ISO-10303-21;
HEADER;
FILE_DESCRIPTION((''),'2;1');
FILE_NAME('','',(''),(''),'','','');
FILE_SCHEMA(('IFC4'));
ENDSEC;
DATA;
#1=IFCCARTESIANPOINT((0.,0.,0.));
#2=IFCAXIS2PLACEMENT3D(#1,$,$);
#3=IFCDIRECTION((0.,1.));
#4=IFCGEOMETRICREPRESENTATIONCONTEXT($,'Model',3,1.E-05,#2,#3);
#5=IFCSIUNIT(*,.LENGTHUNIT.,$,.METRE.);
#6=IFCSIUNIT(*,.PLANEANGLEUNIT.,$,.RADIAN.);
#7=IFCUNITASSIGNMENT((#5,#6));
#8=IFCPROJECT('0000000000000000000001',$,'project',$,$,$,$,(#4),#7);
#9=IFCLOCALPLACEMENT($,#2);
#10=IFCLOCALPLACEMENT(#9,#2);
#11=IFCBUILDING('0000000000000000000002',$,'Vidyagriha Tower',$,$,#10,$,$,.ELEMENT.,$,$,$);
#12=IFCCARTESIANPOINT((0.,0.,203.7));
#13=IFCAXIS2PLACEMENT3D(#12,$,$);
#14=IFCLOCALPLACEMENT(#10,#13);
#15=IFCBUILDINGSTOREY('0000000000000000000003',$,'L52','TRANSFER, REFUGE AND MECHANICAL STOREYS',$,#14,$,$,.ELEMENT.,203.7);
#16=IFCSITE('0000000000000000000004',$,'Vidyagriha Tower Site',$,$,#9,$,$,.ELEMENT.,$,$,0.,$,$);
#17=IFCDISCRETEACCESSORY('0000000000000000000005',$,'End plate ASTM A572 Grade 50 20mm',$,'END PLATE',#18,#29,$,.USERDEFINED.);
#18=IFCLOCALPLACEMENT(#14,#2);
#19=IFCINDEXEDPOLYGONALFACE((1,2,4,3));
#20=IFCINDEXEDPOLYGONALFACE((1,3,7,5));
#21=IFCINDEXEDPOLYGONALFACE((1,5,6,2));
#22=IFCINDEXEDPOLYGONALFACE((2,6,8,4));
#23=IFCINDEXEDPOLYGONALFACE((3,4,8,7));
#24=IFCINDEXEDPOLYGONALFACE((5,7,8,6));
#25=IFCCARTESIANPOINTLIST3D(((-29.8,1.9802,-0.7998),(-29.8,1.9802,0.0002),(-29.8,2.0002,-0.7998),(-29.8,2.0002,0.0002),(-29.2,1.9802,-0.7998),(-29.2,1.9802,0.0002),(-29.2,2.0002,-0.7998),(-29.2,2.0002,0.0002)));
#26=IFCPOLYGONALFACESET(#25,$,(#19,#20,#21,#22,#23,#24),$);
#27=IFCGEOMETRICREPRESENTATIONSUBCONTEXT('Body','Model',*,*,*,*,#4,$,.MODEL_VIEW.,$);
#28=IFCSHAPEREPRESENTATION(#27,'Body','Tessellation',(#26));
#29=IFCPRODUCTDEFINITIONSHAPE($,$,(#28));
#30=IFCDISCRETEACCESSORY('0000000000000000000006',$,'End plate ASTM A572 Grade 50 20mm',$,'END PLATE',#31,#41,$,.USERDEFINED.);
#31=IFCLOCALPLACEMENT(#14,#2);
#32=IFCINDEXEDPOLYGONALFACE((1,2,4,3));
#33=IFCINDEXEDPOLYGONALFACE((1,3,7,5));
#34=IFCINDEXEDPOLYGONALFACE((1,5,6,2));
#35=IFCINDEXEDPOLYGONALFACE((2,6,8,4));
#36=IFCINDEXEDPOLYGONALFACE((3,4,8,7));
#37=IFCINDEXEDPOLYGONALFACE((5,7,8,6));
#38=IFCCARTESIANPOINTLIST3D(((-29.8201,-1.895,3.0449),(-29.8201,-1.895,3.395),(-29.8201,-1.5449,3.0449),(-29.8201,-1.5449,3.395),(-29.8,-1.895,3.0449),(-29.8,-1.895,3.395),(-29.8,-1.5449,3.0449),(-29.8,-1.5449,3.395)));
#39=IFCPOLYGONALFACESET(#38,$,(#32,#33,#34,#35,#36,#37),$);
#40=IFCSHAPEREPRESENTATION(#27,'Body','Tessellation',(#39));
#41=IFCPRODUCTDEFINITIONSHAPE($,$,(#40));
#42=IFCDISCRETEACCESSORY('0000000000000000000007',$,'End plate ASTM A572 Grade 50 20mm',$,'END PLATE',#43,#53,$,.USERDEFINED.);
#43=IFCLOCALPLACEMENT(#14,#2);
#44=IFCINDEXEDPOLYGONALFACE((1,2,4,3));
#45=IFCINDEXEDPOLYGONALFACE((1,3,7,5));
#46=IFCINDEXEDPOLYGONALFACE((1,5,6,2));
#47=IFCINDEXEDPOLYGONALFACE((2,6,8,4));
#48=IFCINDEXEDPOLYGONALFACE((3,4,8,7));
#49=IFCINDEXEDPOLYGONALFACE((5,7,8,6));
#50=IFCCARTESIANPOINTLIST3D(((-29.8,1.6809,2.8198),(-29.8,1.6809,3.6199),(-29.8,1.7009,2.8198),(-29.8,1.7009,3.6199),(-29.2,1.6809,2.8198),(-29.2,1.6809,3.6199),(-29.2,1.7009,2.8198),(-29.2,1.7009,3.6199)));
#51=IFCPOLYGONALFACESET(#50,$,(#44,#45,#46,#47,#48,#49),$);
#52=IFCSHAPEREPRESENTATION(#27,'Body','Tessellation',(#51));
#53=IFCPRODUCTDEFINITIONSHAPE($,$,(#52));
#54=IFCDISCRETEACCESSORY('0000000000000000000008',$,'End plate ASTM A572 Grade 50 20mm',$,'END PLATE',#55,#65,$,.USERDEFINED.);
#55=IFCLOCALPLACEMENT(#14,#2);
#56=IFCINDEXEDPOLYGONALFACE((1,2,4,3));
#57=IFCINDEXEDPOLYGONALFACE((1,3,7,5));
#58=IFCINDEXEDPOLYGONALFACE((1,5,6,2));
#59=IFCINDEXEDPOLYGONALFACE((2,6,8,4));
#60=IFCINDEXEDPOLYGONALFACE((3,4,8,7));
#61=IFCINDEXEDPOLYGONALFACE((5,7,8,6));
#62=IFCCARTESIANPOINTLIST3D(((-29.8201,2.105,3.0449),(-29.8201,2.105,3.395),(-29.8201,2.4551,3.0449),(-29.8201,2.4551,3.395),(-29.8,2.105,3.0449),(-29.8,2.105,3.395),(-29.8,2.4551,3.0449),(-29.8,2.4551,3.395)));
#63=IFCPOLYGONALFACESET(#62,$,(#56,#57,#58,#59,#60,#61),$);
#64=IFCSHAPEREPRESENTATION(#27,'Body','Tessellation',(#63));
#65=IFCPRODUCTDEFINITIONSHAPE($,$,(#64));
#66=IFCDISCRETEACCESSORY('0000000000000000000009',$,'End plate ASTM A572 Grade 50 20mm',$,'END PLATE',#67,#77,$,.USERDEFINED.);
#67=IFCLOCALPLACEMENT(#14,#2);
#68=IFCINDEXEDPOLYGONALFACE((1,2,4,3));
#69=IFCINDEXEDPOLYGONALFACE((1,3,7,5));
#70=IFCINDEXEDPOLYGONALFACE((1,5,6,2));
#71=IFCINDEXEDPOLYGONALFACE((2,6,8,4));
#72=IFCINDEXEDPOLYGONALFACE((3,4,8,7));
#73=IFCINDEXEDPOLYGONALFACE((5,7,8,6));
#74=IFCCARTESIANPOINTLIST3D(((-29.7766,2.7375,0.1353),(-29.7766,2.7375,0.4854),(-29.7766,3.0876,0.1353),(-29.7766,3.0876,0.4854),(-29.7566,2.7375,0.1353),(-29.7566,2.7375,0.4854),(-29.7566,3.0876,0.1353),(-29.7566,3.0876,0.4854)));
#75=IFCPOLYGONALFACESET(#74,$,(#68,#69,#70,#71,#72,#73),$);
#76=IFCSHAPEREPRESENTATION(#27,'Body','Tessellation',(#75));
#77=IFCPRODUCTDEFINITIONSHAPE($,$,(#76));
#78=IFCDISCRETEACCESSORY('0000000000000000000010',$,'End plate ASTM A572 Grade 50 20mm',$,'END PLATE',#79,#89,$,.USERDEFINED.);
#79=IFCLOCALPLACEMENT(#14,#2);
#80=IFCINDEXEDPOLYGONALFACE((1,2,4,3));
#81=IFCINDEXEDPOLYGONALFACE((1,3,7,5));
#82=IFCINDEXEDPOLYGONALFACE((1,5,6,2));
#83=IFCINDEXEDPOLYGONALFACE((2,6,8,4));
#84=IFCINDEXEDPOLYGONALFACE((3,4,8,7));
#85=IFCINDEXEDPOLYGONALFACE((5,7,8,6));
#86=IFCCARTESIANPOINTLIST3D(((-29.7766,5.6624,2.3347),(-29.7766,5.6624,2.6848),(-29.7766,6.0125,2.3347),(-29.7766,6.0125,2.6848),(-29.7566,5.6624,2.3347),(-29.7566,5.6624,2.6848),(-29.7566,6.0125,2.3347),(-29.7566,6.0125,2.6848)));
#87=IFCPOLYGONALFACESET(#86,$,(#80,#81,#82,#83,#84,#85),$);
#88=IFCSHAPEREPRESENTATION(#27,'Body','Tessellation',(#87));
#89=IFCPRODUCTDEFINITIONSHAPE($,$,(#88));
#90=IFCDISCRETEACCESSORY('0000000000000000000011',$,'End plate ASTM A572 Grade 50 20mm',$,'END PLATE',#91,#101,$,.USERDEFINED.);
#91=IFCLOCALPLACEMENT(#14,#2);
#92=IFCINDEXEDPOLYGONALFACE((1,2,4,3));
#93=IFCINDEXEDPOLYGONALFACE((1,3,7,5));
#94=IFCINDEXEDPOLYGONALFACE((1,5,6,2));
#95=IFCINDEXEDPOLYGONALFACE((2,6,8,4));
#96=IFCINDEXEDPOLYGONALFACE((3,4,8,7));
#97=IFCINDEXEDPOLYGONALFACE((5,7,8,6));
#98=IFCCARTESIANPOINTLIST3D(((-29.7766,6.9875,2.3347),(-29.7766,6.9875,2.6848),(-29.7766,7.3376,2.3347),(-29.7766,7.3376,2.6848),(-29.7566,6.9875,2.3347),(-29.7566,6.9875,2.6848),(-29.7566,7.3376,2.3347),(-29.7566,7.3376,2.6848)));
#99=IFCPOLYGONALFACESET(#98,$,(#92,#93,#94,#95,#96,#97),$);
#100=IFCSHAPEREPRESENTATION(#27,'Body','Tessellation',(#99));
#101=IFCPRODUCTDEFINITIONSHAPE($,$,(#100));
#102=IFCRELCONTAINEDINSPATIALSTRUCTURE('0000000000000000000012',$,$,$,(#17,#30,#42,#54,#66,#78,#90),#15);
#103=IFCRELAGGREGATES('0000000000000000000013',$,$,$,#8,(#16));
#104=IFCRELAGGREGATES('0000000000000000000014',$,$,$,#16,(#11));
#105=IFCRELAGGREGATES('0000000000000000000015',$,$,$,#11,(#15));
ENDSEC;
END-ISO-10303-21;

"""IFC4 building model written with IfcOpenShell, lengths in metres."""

from ifc_helpers import new_model, si_unit, direction, frame, origin, origin_2d, place, context, subcontext, project, spatial, rectangle, extrude, element, save


model = new_model("IFC4")

# Units and contexts
model_context = context("Model", 3, precision=1e-05, world=origin(), true_north=direction((0.0, 1.0)))
body_context = subcontext(model_context, "Body", "Model", "MODEL_VIEW")
ifc_project = project(units=[si_unit("LENGTHUNIT", "METRE"), si_unit("PLANEANGLEUNIT", "RADIAN")], contexts=[model_context])

# Site, building, storey
site_placement = place(None, origin())
site = spatial("IfcSite", under=ifc_project, at=site_placement, Name="Vidyagriha Tower Site", CompositionType="ELEMENT", RefElevation=0.0)
building_placement = place(site_placement, origin())
building = spatial("IfcBuilding", under=site, at=building_placement, Name="Vidyagriha Tower", CompositionType="ELEMENT")
storey_placement = place(building_placement, frame((0.0, 0.0, 203.7)))
storey = spatial("IfcBuildingStorey", under=building, at=storey_placement, Name="L52", Description="TRANSFER, REFUGE AND MECHANICAL STOREYS", CompositionType="ELEMENT", Elevation=203.7)

# Discrete accessories
discrete_accessory_1_placement = place(storey_placement, frame((-29.5, 1.9902, -0.7998), z_axis=(0.0, 0.0, 1.0), x_axis=(0.0, 1.0, 0.0)))
element("IfcDiscreteAccessory", 1, at=discrete_accessory_1_placement, inside=storey, Name="End plate ASTM A572 Grade 50 20mm", ObjectType="END PLATE", PredefinedType="USERDEFINED", context=body_context, shape_type="SweptSolid", body=[
    extrude(rectangle(XDim=0.02, YDim=0.6001, at=origin_2d()), origin(), (0.0, 0.0, 1.0), 0.8),
])
discrete_accessory_2_placement = place(storey_placement, frame((-29.8101, -1.72, 3.0449), z_axis=(0.0, 0.0, 1.0), x_axis=(0.0, -1.0, 0.0)))
element("IfcDiscreteAccessory", 2, at=discrete_accessory_2_placement, inside=storey, Name="End plate ASTM A572 Grade 50 20mm", ObjectType="END PLATE", PredefinedType="USERDEFINED", context=body_context, shape_type="SweptSolid", body=[
    extrude(rectangle(XDim=0.3501, YDim=0.02, at=origin_2d()), origin(), (0.0, 0.0, 1.0), 0.3501),
])
discrete_accessory_3_placement = place(storey_placement, frame((-29.5, 1.6909, 2.8198), z_axis=(0.0, 0.0, 1.0), x_axis=(0.0, 1.0, 0.0)))
element("IfcDiscreteAccessory", 3, at=discrete_accessory_3_placement, inside=storey, Name="End plate ASTM A572 Grade 50 20mm", ObjectType="END PLATE", PredefinedType="USERDEFINED", context=body_context, shape_type="SweptSolid", body=[
    extrude(rectangle(XDim=0.02, YDim=0.6001, at=origin_2d()), origin(), (0.0, 0.0, 1.0), 0.8),
])
for number, where, z_axis, x_axis, name in (
    (4, (-29.8101, 2.28, 3.0449), (0.0, 0.0, 1.0), (0.0, -1.0, 0.0), "End plate ASTM A572 Grade 50 20mm"),
    (5, (-29.7666, 2.9126, 0.1353), (0.0, 0.0, 1.0), (0.0, -1.0, 0.0), "End plate ASTM A572 Grade 50 20mm"),
    (6, (-29.7666, 5.8374, 2.3347), (0.0, 0.0, 1.0), (0.0, 1.0, 0.0), "End plate ASTM A572 Grade 50 20mm"),
    (7, (-29.7666, 7.1626, 2.3347), (0.0, 0.0, 1.0), (0.0, -1.0, 0.0), "End plate ASTM A572 Grade 50 20mm"),
):
    element("IfcDiscreteAccessory", number, at=place(storey_placement, frame(where, z_axis=z_axis, x_axis=x_axis)), inside=storey, Name=name, ObjectType="END PLATE", PredefinedType="USERDEFINED", context=body_context, shape_type="SweptSolid", body=[
        extrude(rectangle(XDim=0.3501, YDim=0.02, at=origin_2d()), origin(), (0.0, 0.0, 1.0), 0.3501),
    ])

save(model, "model.ifc")
